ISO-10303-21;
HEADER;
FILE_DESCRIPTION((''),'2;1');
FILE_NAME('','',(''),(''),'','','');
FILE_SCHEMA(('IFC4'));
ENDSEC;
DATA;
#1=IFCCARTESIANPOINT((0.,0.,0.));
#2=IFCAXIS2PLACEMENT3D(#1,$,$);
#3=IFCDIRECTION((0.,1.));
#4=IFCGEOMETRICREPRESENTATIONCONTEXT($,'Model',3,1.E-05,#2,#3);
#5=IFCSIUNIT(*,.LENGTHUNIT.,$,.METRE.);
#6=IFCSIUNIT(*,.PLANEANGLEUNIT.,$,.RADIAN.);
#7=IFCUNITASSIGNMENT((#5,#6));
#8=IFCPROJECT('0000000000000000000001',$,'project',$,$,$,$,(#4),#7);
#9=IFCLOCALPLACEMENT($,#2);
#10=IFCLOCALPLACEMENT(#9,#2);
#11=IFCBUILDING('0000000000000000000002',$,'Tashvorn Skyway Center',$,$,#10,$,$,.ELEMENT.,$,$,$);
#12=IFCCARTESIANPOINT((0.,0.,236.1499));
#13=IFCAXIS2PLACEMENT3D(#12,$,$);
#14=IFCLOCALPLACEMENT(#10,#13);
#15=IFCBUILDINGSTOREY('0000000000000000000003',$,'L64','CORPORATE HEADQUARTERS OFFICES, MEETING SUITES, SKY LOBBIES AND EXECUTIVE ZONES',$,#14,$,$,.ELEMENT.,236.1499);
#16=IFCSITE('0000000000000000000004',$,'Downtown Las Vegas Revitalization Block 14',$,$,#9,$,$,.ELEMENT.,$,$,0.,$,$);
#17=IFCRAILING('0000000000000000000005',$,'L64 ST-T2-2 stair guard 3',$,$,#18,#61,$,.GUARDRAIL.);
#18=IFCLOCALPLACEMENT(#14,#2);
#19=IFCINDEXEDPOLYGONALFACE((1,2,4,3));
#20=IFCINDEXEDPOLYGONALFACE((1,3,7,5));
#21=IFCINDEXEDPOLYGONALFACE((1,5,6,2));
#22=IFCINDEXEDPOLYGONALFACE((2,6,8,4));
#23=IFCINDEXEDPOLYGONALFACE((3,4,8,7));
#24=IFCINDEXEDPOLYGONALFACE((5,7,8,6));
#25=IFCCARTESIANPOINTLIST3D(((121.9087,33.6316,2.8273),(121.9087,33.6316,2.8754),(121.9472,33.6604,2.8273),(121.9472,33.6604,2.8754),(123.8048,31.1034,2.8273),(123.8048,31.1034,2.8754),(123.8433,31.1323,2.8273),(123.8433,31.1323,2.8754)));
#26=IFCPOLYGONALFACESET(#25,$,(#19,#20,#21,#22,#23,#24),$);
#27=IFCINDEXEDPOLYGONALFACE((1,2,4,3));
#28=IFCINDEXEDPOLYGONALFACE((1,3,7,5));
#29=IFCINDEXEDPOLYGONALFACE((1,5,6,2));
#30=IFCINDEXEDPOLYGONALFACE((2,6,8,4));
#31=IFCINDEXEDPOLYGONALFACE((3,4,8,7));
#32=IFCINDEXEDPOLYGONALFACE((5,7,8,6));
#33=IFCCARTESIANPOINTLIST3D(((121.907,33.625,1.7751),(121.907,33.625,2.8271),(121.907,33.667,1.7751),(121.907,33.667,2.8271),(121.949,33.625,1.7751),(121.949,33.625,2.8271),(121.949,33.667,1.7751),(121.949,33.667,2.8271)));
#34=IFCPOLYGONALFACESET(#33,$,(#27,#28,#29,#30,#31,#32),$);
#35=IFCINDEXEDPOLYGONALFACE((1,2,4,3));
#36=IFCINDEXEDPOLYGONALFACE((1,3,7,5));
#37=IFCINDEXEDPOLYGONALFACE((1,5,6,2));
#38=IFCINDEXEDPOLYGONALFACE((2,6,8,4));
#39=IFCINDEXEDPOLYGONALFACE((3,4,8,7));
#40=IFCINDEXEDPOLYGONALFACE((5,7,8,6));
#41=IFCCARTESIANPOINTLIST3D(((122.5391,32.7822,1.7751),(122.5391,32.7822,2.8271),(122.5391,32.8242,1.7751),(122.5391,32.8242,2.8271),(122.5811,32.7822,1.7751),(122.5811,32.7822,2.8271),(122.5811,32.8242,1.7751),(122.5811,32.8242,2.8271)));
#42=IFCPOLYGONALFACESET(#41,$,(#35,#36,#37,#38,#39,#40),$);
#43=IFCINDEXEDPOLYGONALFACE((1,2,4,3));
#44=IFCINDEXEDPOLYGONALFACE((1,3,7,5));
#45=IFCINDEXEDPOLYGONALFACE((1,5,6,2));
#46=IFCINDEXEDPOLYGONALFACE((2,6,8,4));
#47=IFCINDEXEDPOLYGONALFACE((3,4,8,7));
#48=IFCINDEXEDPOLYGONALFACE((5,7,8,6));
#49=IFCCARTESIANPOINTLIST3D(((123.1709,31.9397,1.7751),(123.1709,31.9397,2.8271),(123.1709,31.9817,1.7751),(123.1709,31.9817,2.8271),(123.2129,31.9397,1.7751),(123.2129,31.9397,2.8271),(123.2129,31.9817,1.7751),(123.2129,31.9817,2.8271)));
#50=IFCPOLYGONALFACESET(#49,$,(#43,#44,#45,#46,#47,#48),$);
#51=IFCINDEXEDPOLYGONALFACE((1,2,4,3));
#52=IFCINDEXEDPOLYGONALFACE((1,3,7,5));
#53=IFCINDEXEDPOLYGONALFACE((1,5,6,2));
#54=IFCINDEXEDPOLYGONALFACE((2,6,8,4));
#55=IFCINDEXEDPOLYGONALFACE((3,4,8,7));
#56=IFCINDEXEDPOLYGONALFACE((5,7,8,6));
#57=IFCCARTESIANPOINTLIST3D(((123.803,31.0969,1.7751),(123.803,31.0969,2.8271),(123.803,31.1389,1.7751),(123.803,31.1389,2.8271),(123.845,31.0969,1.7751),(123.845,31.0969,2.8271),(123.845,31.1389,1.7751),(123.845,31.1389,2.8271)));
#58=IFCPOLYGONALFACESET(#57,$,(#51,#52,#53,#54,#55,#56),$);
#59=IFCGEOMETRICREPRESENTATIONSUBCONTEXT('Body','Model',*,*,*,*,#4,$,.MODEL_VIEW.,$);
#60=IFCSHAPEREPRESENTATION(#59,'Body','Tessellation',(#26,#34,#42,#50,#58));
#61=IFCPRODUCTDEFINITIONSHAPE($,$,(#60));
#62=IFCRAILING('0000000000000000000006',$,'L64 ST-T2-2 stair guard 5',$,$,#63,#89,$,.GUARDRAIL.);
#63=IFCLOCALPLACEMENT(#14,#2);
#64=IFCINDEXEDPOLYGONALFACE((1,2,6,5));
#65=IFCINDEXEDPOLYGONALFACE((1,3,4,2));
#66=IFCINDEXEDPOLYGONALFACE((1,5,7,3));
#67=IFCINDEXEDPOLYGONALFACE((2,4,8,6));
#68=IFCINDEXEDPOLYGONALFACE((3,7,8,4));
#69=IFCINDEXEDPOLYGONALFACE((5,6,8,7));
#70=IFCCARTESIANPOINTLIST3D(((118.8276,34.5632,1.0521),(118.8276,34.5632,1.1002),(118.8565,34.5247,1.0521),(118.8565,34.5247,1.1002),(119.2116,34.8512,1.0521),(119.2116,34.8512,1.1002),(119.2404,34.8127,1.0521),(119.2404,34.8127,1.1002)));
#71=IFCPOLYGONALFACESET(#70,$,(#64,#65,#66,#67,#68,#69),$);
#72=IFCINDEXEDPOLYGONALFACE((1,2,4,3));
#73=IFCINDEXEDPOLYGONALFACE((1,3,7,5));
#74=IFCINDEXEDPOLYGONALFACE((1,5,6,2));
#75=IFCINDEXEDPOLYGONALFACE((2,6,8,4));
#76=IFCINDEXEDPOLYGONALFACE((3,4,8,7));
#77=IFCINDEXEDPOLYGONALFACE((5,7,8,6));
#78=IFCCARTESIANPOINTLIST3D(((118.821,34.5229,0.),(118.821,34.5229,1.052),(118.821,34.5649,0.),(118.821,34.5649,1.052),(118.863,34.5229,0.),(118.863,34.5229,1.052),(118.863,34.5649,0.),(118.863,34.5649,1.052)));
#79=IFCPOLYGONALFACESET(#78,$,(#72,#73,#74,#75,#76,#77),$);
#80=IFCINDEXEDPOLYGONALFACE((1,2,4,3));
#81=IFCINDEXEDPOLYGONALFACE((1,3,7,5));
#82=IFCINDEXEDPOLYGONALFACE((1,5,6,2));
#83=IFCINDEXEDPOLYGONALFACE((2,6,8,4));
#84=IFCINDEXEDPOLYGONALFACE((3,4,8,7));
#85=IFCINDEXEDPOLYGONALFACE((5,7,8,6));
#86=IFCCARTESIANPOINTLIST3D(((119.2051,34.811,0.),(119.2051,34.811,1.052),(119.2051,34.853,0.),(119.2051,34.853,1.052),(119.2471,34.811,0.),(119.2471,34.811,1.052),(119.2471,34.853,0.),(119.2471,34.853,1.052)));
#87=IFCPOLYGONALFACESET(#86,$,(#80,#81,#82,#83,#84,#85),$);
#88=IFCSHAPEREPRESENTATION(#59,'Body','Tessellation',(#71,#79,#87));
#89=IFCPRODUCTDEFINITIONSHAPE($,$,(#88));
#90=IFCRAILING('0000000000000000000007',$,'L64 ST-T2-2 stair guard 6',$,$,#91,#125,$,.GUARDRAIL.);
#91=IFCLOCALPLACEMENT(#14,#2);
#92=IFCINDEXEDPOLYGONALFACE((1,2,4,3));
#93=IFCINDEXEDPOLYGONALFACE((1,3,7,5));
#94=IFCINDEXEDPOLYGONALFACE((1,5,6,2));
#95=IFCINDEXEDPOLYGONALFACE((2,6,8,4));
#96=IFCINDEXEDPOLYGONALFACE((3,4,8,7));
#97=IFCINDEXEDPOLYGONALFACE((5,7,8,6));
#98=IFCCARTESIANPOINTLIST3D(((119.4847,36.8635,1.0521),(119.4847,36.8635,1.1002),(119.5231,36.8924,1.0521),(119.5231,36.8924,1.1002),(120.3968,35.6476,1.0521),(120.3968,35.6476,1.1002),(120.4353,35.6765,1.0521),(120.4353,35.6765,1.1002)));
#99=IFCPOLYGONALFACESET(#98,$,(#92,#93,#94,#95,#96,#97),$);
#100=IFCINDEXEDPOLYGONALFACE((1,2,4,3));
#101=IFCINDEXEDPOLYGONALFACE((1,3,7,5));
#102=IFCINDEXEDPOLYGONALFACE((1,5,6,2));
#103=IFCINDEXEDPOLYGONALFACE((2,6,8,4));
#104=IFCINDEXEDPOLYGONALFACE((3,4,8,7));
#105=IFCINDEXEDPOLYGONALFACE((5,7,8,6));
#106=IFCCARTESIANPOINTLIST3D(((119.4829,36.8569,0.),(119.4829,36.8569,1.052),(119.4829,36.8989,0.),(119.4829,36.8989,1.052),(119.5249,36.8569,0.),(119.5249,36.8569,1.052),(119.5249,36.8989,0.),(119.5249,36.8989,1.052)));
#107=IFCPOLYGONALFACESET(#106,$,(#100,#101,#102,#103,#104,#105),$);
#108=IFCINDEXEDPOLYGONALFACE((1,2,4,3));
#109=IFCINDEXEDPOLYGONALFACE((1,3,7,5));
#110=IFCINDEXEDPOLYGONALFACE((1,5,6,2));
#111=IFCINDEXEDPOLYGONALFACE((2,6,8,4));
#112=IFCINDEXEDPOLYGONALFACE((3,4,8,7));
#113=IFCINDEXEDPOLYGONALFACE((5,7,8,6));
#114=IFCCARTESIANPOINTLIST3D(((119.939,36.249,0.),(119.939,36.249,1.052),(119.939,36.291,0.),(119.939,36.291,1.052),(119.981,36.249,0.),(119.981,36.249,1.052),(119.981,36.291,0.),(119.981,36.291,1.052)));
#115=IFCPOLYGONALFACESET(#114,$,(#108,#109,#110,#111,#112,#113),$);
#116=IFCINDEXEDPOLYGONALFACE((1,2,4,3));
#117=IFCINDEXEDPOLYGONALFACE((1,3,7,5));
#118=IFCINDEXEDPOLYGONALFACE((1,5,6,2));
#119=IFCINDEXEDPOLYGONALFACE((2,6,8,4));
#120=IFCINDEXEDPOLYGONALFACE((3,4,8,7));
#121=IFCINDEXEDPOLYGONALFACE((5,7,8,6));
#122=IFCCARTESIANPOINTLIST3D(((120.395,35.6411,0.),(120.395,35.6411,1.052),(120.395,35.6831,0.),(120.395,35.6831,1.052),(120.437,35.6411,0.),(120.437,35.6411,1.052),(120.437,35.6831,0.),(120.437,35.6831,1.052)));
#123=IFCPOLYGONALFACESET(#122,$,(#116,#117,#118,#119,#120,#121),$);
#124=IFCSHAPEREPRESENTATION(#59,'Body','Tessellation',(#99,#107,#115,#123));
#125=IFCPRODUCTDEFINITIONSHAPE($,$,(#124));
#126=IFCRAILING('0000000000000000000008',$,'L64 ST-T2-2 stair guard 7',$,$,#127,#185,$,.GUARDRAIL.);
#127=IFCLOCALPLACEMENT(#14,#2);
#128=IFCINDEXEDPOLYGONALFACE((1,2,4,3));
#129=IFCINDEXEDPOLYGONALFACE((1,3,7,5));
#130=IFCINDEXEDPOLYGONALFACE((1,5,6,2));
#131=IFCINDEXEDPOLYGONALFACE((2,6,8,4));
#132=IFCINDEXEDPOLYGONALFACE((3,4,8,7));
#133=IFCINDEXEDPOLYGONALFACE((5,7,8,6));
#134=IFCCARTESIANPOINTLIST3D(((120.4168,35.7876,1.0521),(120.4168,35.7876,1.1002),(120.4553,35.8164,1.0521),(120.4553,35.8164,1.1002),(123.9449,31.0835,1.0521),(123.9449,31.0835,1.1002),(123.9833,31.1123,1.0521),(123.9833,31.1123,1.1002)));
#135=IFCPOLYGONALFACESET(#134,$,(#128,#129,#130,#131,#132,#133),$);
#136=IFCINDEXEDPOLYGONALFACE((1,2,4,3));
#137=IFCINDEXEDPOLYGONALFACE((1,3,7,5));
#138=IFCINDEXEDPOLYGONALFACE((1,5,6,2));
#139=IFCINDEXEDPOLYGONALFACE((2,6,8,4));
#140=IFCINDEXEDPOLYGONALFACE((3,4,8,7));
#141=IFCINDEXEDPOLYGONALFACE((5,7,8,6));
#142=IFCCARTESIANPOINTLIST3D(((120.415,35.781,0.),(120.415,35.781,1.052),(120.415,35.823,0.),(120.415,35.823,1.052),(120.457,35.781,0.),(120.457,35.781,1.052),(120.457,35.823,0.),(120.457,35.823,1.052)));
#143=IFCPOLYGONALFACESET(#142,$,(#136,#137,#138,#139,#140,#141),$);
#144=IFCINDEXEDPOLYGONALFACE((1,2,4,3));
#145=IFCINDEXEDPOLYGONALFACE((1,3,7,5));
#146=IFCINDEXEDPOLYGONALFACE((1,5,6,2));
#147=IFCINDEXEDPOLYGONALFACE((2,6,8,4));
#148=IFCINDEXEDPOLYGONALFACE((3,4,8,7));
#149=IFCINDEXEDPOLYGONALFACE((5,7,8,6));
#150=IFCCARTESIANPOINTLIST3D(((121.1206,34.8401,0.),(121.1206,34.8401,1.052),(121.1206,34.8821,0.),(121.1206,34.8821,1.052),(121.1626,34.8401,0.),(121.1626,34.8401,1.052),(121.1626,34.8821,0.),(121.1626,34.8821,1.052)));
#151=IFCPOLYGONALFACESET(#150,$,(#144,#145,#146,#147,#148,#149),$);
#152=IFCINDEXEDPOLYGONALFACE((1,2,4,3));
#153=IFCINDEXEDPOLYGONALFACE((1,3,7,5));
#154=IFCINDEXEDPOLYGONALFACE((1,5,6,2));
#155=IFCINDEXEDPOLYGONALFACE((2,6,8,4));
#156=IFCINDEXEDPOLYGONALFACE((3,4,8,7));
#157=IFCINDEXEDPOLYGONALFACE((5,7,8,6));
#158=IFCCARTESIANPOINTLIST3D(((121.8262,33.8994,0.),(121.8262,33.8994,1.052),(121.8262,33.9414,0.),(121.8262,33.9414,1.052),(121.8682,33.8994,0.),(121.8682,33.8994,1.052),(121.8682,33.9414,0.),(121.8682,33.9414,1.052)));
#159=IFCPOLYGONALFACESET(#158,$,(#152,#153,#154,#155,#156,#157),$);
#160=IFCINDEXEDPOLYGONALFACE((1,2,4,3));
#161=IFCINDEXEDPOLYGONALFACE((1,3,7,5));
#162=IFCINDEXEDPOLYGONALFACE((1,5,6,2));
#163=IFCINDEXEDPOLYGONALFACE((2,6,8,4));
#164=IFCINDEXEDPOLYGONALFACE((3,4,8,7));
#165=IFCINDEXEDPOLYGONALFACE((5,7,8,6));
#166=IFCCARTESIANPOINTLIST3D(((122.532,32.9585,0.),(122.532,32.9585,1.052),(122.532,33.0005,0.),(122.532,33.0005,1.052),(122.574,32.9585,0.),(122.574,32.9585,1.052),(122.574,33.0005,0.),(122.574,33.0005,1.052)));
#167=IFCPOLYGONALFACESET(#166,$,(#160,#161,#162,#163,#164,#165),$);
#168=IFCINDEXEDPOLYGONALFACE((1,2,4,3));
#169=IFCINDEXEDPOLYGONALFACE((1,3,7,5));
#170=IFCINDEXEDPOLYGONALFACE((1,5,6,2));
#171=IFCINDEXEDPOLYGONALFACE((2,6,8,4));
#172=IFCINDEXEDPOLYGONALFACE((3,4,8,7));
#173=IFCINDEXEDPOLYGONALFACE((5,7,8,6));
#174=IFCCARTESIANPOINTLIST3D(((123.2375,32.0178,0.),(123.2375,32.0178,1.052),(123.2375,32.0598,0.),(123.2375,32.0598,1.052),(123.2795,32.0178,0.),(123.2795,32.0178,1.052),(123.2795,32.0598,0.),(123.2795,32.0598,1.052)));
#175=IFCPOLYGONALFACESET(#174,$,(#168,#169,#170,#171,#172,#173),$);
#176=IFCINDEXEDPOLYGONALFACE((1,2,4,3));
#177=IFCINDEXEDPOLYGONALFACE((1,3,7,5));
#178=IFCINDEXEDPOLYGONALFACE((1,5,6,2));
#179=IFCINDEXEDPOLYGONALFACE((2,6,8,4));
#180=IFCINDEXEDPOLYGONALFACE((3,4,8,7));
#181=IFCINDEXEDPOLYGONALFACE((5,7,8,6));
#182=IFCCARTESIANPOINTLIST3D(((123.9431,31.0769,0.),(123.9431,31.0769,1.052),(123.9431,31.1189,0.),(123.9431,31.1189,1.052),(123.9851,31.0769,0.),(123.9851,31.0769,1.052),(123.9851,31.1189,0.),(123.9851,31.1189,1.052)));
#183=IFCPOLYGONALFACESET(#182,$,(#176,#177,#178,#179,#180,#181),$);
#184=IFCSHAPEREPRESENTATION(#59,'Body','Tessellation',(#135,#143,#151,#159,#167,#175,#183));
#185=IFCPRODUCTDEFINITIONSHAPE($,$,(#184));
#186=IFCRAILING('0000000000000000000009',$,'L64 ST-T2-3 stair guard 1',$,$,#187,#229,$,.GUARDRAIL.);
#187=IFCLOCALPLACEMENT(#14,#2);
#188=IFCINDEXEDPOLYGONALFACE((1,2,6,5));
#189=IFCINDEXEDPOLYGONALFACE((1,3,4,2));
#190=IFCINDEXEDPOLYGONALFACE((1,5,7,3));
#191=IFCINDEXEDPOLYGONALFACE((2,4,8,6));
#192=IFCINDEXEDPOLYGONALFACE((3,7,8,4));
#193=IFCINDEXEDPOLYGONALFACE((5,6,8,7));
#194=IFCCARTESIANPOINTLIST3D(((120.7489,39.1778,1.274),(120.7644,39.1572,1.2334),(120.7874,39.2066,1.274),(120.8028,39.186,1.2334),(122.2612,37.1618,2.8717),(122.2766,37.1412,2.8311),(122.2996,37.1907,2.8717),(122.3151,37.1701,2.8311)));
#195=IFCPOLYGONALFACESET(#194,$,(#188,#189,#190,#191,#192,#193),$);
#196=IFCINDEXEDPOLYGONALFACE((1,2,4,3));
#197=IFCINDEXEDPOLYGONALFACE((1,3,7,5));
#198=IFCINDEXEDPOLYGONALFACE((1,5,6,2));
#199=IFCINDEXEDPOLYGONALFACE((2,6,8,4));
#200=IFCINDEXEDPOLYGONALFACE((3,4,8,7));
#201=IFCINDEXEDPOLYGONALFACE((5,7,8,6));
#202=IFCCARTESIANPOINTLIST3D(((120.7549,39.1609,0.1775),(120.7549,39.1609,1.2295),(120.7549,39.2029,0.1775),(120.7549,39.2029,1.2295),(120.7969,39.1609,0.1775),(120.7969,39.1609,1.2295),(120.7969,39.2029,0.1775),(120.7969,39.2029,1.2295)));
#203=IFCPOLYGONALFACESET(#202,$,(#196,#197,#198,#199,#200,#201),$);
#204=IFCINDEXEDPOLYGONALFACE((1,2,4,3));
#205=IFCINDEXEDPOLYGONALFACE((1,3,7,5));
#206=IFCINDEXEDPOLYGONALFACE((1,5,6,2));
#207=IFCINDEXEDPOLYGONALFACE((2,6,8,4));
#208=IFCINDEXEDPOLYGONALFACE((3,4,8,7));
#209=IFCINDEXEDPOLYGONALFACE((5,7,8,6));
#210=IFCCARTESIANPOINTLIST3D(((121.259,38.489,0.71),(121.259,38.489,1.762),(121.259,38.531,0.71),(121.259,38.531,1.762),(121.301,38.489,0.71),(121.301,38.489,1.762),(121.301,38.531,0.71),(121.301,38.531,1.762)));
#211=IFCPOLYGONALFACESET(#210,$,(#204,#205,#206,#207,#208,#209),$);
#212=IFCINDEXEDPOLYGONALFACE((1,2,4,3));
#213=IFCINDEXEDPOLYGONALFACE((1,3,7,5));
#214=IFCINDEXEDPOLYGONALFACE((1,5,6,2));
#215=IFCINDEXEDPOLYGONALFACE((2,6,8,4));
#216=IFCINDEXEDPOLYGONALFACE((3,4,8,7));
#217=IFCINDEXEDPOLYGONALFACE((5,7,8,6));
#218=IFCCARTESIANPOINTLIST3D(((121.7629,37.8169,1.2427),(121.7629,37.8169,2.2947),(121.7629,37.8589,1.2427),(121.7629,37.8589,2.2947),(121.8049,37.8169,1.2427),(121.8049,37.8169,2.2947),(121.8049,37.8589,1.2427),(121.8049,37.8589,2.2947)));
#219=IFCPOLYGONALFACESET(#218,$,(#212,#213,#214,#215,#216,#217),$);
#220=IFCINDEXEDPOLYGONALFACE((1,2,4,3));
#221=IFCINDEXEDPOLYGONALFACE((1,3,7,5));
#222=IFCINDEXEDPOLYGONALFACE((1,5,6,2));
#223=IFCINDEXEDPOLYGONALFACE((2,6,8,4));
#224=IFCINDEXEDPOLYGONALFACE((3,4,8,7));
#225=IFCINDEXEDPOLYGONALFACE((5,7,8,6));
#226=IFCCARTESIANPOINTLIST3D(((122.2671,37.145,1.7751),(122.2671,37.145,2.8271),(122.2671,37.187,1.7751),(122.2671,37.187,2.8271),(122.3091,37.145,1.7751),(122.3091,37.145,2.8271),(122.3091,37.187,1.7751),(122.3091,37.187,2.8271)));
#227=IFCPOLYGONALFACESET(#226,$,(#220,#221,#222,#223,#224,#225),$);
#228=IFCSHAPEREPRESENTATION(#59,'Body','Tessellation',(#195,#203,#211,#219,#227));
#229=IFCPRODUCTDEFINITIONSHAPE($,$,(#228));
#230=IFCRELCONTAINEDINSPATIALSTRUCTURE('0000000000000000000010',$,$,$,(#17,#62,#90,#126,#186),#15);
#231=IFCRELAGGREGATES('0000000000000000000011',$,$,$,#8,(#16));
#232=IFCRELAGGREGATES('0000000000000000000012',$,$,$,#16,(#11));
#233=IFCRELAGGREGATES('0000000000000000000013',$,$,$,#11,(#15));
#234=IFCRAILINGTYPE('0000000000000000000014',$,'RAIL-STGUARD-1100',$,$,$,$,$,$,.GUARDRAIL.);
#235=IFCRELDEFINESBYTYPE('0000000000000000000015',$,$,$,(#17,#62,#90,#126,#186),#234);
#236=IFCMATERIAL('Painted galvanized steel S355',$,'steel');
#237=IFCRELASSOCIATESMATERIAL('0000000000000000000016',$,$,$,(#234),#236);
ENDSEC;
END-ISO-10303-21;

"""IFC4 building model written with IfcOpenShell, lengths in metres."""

from ifc_helpers import new_model, si_unit, direction, frame, origin, origin_2d, place, context, subcontext, project, spatial, rectangle, extrude, material, type_object, element, save


model = new_model("IFC4")

# Units and contexts
model_context = context("Model", 3, precision=1e-05, world=origin(), true_north=direction((0.0, 1.0)))
body_context = subcontext(model_context, "Body", "Model", "MODEL_VIEW")
ifc_project = project(units=[si_unit("LENGTHUNIT", "METRE"), si_unit("PLANEANGLEUNIT", "RADIAN")], contexts=[model_context])

# Site, building, storey
site_placement = place(None, origin())
site = spatial("IfcSite", under=ifc_project, at=site_placement, Name="Downtown Las Vegas Revitalization Block 14", CompositionType="ELEMENT", RefElevation=0.0)
building_placement = place(site_placement, origin())
building = spatial("IfcBuilding", under=site, at=building_placement, Name="Tashvorn Skyway Center", CompositionType="ELEMENT")
storey_placement = place(building_placement, frame((0.0, 0.0, 236.1499)))
storey = spatial("IfcBuildingStorey", under=building, at=storey_placement, Name="L64", Description="CORPORATE HEADQUARTERS OFFICES, MEETING SUITES, SKY LOBBIES AND EXECUTIVE ZONES", CompositionType="ELEMENT", Elevation=236.1499)

# Railings
ifc_material_1 = material(Name="Painted galvanized steel S355", Category="steel")
railing_type_1 = type_object("IfcRailingType", Name="RAIL-STGUARD-1100", PredefinedType="GUARDRAIL", material=ifc_material_1)
railing_1_placement = place(storey_placement, frame((121.928, 33.646, 1.7751)))
element("IfcRailing", 1, at=railing_1_placement, inside=storey, type_object=railing_type_1, Name="L64 ST-T2-2 stair guard 3", PredefinedType="GUARDRAIL", context=body_context, shape_type="SweptSolid", body=[
    extrude(rectangle(XDim=0.0481, YDim=0.0481, at=origin_2d()), frame((0.0, 0.0, 1.0762), z_axis=(0.599988, -0.800009, 0.0), x_axis=(0.800009, 0.599988, 0.0)), (0.0, 0.0, 1.0), 3.1602),
    extrude(rectangle(XDim=0.042, YDim=0.042, at=origin_2d()), origin(), (0.0, 0.0, 1.0), 1.052),
    extrude(rectangle(XDim=0.042, YDim=0.042, at=origin_2d()), frame((0.6321, -0.8428, 0.0)), (0.0, 0.0, 1.0), 1.052),
    extrude(rectangle(XDim=0.042, YDim=0.042, at=origin_2d()), frame((1.2639, -1.6853, 0.0)), (0.0, 0.0, 1.0), 1.052),
    extrude(rectangle(XDim=0.042, YDim=0.042, at=origin_2d()), frame((1.896, -2.5281, 0.0)), (0.0, 0.0, 1.0), 1.052),
])
railing_2_placement = place(storey_placement, frame((118.842, 34.5439, 0.0)))
element("IfcRailing", 2, at=railing_2_placement, inside=storey, type_object=railing_type_1, Name="L64 ST-T2-2 stair guard 5", PredefinedType="GUARDRAIL", context=body_context, shape_type="SweptSolid", body=[
    extrude(rectangle(XDim=0.0481, YDim=0.0481, at=origin_2d()), frame((0.0, 0.0, 1.0762), z_axis=(0.799939, 0.600081, 0.0), x_axis=(-0.600081, 0.799939, 0.0)), (0.0, 0.0, 1.0), 0.48),
    extrude(rectangle(XDim=0.042, YDim=0.042, at=origin_2d()), origin(), (0.0, 0.0, 1.0), 1.052),
    extrude(rectangle(XDim=0.042, YDim=0.042, at=origin_2d()), frame((0.384, 0.2881, 0.0)), (0.0, 0.0, 1.0), 1.052),
])
railing_3_placement = place(storey_placement, frame((119.5039, 36.8779, 0.0)))
element("IfcRailing", 3, at=railing_3_placement, inside=storey, type_object=railing_type_1, Name="L64 ST-T2-2 stair guard 6", PredefinedType="GUARDRAIL", context=body_context, shape_type="SweptSolid", body=[
    extrude(rectangle(XDim=0.0481, YDim=0.0481, at=origin_2d()), frame((0.0, 0.0, 1.0762), z_axis=(0.600103, -0.799923, 0.0), x_axis=(0.799923, 0.600103, 0.0)), (0.0, 0.0, 1.0), 1.52),
    extrude(rectangle(XDim=0.042, YDim=0.042, at=origin_2d()), origin(), (0.0, 0.0, 1.0), 1.052),
    extrude(rectangle(XDim=0.042, YDim=0.042, at=origin_2d()), frame((0.4561, -0.6079, 0.0)), (0.0, 0.0, 1.0), 1.052),
    extrude(rectangle(XDim=0.042, YDim=0.042, at=origin_2d()), frame((0.9121, -1.2158, 0.0)), (0.0, 0.0, 1.0), 1.052),
])
railing_4_placement = place(storey_placement, frame((120.436, 35.802, 0.0)))
element("IfcRailing", 4, at=railing_4_placement, inside=storey, type_object=railing_type_1, Name="L64 ST-T2-2 stair guard 7", PredefinedType="GUARDRAIL", context=body_context, shape_type="SweptSolid", body=[
    extrude(rectangle(XDim=0.0481, YDim=0.0481, at=origin_2d()), frame((0.0, 0.0, 1.0762), z_axis=(0.6, -0.8, 0.0), x_axis=(0.8, 0.6, 0.0)), (0.0, 0.0, 1.0), 5.8801),
    extrude(rectangle(XDim=0.042, YDim=0.042, at=origin_2d()), origin(), (0.0, 0.0, 1.0), 1.052),
    extrude(rectangle(XDim=0.042, YDim=0.042, at=origin_2d()), frame((0.7056, -0.9409, 0.0)), (0.0, 0.0, 1.0), 1.052),
    extrude(rectangle(XDim=0.042, YDim=0.042, at=origin_2d()), frame((1.4111, -1.8816, 0.0)), (0.0, 0.0, 1.0), 1.052),
    extrude(rectangle(XDim=0.042, YDim=0.042, at=origin_2d()), frame((2.1169, -2.8225, 0.0)), (0.0, 0.0, 1.0), 1.052),
    extrude(rectangle(XDim=0.042, YDim=0.042, at=origin_2d()), frame((2.8225, -3.7632, 0.0)), (0.0, 0.0, 1.0), 1.052),
    extrude(rectangle(XDim=0.042, YDim=0.042, at=origin_2d()), frame((3.5281, -4.7041, 0.0)), (0.0, 0.0, 1.0), 1.052),
])
railing_5_placement = place(storey_placement, frame((120.7759, 39.1819, 0.1775)))
element("IfcRailing", 5, at=railing_5_placement, inside=storey, type_object=railing_type_1, Name="L64 ST-T2-3 stair guard 1", PredefinedType="GUARDRAIL", context=body_context, shape_type="SweptSolid", body=[
    extrude(rectangle(XDim=0.0481, YDim=0.0481, at=origin_2d()), frame((0.0, 0.0, 1.0762), z_axis=(0.506807, -0.675607, 0.535445), x_axis=(0.799942, 0.600078, 0.0)), (0.0, 0.0, 1.0), 2.9839),
    extrude(rectangle(XDim=0.042, YDim=0.042, at=origin_2d()), origin(), (0.0, 0.0, 1.0), 1.052),
    extrude(rectangle(XDim=0.042, YDim=0.042, at=origin_2d()), frame((0.5042, -0.6719, 0.5325)), (0.0, 0.0, 1.0), 1.052),
    extrude(rectangle(XDim=0.042, YDim=0.042, at=origin_2d()), frame((1.0081, -1.344, 1.0652)), (0.0, 0.0, 1.0), 1.052),
    extrude(rectangle(XDim=0.042, YDim=0.042, at=origin_2d()), frame((1.5122, -2.0159, 1.5977)), (0.0, 0.0, 1.0), 1.052),
])

save(model, "model.ifc")
